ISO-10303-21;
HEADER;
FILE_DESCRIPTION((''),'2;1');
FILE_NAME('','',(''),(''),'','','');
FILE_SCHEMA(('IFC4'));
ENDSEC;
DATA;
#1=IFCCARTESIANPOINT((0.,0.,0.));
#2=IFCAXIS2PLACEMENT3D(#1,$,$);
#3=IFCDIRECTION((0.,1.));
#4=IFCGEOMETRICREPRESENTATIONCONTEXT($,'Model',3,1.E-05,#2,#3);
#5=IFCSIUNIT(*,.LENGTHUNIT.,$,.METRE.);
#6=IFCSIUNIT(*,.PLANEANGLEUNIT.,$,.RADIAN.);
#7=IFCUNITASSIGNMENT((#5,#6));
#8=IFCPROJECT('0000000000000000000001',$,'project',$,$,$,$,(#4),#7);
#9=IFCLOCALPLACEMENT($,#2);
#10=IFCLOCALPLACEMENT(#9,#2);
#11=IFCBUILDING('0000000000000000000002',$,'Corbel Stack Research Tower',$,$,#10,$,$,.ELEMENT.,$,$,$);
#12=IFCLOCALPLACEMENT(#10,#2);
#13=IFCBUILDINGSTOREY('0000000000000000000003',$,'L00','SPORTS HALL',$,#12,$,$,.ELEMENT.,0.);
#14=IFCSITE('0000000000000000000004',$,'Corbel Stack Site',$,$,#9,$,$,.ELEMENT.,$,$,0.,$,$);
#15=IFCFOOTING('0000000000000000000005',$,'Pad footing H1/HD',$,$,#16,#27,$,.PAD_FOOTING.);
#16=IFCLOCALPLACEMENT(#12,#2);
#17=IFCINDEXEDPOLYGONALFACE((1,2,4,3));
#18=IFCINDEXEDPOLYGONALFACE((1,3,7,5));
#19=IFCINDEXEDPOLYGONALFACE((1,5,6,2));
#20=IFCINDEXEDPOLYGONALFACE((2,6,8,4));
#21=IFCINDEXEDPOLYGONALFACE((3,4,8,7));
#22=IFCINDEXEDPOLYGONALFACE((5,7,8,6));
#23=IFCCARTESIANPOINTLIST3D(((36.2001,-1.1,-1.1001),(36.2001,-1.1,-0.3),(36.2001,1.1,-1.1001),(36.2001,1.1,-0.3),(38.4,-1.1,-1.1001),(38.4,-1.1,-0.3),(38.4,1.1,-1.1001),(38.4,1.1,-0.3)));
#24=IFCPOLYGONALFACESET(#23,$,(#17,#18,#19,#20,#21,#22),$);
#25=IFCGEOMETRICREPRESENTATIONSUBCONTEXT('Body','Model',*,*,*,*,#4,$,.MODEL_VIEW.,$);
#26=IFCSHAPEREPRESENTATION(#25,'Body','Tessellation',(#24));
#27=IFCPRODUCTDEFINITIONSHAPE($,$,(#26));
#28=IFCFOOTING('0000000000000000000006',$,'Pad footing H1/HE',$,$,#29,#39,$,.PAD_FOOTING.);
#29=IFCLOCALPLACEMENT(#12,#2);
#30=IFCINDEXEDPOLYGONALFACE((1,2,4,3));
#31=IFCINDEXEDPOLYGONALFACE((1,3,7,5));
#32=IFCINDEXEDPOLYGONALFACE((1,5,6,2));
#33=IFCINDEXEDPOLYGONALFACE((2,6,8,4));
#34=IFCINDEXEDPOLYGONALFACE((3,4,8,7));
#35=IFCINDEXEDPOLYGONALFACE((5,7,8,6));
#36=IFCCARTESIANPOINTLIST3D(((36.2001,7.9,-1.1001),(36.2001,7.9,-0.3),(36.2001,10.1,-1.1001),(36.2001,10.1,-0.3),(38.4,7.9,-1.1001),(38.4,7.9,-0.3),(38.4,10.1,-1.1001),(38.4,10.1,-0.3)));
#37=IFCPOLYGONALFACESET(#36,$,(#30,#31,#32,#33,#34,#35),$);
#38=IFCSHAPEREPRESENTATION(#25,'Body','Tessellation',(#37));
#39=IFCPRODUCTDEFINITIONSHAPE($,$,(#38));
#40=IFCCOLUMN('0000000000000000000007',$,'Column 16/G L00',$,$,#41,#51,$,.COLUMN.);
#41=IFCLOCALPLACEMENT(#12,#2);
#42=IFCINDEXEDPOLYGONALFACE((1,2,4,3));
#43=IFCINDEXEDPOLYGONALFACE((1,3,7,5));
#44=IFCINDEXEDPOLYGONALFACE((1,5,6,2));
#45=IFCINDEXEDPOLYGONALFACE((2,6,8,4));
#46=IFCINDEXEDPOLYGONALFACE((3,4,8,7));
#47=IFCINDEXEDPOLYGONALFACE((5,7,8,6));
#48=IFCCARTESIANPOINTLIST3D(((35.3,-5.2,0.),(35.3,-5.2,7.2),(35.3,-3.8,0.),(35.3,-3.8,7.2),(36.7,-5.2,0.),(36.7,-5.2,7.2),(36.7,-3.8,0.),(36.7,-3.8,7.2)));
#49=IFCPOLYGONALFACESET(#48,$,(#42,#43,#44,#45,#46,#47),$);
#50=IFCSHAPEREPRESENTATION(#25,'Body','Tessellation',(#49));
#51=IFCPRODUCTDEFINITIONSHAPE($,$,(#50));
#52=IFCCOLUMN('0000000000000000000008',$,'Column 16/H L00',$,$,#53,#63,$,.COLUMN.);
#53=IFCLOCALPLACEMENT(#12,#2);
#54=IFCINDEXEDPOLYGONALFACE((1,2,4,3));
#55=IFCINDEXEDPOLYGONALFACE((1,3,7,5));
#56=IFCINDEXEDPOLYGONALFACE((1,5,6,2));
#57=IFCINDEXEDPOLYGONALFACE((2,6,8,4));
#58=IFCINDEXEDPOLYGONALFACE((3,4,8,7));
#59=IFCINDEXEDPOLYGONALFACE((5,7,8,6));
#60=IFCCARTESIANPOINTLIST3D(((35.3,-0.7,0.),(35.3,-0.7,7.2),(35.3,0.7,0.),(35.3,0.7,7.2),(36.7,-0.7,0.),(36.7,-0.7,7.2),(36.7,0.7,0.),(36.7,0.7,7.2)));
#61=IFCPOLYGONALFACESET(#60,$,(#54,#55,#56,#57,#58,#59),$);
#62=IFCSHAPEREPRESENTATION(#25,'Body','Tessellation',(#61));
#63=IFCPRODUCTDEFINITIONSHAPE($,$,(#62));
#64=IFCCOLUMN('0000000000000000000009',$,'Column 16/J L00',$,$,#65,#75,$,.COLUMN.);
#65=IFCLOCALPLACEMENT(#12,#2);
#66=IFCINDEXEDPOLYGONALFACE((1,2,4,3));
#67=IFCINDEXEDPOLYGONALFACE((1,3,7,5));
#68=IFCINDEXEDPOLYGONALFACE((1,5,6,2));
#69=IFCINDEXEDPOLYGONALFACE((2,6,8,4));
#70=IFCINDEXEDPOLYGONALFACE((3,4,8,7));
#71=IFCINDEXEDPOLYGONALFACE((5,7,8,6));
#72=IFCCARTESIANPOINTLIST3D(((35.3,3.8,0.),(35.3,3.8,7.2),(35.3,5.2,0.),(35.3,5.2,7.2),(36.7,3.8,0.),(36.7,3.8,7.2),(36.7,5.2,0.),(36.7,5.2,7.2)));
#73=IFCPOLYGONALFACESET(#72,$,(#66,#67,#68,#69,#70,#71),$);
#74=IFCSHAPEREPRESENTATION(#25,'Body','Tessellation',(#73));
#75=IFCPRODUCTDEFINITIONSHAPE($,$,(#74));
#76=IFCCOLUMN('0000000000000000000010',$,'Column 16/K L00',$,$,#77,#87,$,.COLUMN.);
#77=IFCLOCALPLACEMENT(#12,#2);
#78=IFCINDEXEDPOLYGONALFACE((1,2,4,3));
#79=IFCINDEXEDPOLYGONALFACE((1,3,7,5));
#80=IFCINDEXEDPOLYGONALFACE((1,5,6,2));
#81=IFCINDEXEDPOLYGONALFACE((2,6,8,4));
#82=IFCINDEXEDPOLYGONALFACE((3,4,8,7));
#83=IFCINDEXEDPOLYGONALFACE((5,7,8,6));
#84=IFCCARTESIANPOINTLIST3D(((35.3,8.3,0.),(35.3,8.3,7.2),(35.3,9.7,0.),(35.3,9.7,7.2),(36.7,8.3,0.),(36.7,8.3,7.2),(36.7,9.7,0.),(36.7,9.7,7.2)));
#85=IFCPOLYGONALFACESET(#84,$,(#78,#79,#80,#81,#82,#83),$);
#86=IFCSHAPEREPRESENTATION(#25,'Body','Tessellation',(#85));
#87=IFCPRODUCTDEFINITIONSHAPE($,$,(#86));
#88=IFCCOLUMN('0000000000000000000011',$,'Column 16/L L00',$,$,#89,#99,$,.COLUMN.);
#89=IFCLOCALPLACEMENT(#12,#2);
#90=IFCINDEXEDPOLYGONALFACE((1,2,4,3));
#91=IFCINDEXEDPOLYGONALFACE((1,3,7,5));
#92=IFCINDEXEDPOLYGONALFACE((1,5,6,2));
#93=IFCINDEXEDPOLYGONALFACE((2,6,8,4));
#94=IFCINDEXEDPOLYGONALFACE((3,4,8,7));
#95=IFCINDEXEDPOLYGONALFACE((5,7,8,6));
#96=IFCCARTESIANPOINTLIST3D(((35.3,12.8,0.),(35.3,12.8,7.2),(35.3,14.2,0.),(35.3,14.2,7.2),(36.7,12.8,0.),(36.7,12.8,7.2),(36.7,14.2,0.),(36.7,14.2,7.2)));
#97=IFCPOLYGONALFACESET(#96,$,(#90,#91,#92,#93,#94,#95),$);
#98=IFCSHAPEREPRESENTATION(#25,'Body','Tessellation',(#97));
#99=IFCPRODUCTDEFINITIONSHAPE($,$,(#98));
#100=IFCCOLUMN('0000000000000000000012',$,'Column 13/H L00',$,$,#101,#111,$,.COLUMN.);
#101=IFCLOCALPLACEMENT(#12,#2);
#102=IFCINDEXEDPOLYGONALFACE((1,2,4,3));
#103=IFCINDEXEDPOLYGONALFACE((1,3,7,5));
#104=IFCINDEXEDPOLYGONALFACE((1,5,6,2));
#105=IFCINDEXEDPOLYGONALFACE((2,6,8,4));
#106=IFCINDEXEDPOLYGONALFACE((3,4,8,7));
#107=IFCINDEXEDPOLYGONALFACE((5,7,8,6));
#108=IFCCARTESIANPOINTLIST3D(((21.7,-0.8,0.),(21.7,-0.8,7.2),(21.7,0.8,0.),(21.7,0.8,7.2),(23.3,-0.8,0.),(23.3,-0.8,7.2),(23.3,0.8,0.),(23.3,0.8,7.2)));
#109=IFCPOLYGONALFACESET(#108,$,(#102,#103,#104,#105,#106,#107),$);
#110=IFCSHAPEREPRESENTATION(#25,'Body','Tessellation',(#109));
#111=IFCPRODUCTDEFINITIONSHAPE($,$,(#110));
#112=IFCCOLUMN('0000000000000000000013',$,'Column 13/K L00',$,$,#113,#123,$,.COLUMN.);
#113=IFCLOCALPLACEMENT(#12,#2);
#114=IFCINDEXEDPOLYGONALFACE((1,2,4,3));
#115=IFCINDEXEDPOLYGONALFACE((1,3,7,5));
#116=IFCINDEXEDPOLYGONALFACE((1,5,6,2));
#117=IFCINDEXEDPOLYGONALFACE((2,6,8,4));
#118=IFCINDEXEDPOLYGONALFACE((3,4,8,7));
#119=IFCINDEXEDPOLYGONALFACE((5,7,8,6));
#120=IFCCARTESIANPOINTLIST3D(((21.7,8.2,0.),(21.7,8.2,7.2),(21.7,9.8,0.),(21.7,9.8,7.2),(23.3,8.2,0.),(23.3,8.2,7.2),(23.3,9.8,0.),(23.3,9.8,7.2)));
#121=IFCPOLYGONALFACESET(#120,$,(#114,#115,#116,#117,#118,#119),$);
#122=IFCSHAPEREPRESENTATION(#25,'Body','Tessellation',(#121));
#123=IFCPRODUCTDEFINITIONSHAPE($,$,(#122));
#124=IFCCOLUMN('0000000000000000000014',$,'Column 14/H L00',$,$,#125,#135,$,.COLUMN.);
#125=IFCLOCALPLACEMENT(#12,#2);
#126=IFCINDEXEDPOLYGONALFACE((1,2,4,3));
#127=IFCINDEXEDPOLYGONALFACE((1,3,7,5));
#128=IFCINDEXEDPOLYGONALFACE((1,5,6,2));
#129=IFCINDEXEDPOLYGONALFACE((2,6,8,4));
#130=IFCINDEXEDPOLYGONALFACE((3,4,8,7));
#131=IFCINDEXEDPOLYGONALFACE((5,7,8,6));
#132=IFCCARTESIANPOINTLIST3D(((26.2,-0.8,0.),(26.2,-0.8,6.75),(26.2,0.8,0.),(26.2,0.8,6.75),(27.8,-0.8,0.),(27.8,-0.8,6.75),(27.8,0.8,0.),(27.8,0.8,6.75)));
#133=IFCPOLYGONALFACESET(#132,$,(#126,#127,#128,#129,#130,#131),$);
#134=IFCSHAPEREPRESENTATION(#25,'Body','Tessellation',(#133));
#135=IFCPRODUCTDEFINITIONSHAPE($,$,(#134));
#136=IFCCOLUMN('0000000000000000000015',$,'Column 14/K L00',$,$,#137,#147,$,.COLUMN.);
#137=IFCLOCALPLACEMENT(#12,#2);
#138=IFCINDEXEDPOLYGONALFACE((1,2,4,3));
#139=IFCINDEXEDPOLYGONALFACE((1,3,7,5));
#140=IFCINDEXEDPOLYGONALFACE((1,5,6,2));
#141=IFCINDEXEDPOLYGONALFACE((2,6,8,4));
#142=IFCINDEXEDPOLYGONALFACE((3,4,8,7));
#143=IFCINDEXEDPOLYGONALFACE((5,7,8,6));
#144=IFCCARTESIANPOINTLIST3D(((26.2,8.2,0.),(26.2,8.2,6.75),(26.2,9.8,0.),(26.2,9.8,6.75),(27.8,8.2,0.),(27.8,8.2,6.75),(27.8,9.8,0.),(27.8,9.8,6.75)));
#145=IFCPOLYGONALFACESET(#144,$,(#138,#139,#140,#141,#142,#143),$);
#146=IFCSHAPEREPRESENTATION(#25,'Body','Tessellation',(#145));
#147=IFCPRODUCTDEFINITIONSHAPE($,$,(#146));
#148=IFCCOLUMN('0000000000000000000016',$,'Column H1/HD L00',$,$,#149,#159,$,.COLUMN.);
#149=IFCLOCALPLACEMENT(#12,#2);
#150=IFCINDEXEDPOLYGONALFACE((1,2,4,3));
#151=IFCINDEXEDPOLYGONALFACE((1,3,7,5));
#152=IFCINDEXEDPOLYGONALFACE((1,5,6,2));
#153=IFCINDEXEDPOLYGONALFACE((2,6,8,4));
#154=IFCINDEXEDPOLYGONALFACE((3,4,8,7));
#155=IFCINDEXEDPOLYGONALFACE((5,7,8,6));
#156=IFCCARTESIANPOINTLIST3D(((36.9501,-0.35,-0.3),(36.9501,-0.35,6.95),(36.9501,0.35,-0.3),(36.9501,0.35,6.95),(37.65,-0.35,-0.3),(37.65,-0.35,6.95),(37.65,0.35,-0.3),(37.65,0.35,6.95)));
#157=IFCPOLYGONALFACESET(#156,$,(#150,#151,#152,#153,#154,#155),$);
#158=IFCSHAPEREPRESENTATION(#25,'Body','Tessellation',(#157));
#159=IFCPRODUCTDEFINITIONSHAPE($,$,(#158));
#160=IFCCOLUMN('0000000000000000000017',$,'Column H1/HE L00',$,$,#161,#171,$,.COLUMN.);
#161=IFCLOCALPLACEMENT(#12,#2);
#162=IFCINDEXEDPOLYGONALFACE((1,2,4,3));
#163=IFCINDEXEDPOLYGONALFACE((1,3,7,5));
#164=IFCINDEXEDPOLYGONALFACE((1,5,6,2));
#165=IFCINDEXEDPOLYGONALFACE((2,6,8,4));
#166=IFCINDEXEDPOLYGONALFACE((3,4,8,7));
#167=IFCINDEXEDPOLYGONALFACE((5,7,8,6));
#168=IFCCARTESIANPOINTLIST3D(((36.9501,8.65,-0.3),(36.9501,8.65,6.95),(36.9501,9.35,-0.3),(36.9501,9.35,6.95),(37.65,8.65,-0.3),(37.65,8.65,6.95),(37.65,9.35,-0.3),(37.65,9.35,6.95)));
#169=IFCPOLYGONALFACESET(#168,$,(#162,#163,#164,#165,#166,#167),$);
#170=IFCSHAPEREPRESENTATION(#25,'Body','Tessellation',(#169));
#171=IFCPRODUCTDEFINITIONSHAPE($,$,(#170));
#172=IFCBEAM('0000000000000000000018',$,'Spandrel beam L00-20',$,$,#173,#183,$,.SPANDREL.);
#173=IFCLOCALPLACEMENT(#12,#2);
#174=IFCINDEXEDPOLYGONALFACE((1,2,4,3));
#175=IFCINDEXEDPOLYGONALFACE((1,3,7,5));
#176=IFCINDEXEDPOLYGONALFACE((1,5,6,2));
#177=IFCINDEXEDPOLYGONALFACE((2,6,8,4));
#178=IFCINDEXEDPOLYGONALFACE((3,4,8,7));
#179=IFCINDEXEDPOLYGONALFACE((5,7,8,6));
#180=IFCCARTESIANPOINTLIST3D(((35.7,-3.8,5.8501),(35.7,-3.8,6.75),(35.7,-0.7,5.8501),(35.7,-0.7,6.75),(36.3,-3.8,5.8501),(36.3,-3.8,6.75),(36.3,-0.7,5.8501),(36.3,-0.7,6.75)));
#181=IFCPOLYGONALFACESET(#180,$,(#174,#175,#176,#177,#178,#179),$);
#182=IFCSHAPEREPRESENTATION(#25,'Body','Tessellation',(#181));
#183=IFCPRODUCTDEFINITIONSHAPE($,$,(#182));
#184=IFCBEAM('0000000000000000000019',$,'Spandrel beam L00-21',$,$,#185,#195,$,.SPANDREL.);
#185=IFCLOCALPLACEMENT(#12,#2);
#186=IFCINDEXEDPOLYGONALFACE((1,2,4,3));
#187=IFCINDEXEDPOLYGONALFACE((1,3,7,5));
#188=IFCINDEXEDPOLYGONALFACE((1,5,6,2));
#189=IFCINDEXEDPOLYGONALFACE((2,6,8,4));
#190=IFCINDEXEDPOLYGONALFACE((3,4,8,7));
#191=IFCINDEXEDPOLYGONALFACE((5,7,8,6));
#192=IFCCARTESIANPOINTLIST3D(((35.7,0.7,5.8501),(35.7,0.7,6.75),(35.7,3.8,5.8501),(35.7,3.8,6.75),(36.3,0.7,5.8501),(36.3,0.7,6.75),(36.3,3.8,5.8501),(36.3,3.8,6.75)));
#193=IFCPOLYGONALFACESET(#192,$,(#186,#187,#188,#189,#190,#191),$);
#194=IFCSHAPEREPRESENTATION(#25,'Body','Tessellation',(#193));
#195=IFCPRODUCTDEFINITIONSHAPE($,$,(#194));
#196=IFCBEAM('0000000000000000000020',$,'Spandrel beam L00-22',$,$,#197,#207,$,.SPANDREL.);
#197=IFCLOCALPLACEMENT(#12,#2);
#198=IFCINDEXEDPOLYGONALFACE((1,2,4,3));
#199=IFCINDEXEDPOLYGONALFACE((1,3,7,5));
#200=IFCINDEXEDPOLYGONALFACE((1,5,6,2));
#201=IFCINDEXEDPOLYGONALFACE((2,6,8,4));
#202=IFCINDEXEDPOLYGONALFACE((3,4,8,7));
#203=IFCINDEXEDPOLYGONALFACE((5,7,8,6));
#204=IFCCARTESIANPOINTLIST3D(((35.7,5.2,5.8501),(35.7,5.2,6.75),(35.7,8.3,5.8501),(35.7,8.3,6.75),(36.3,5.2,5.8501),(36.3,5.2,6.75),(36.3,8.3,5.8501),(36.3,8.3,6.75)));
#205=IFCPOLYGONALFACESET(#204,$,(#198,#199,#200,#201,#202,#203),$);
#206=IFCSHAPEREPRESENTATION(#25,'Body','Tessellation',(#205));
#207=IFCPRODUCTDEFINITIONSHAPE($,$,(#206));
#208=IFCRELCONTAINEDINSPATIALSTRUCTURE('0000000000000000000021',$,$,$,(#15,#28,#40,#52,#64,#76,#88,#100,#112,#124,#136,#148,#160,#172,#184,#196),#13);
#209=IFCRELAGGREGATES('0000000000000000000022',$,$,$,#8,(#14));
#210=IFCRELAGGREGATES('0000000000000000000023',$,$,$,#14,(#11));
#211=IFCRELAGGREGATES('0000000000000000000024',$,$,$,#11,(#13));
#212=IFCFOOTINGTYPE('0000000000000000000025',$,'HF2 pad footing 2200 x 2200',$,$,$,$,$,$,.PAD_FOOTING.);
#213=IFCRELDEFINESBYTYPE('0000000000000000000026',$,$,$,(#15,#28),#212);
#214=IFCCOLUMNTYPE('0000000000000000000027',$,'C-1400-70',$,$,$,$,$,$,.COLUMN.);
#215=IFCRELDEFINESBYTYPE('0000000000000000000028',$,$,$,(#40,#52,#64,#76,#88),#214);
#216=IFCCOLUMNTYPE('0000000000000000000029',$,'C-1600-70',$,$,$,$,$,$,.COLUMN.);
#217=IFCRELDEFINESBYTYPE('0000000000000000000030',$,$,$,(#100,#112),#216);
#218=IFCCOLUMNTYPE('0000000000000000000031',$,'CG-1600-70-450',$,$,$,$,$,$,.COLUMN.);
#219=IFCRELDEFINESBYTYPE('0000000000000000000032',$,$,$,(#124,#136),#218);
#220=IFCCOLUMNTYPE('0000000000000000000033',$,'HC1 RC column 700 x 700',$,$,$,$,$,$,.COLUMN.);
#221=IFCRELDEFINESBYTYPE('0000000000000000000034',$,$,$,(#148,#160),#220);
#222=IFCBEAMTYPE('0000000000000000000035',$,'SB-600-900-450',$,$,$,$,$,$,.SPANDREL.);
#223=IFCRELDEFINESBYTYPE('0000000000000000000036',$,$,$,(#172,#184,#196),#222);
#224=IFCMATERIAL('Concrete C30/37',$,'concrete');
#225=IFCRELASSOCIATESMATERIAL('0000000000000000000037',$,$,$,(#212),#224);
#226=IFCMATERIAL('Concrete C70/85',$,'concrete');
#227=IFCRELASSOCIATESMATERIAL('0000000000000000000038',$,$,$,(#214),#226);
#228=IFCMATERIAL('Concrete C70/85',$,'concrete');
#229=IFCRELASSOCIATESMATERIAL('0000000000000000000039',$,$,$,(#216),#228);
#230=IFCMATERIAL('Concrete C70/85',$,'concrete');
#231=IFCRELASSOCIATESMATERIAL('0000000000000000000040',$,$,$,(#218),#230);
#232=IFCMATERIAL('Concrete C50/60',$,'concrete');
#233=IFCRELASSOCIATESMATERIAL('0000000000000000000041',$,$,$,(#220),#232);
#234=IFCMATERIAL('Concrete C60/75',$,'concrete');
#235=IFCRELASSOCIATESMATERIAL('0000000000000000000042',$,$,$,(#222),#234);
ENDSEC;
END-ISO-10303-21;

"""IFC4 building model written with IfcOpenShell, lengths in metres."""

from ifc_helpers import new_model, si_unit, direction, frame, origin, origin_2d, place, context, subcontext, project, spatial, rectangle, extrude, material, material_profile, profile_set, type_object, element, save


model = new_model("IFC4")

# Units and contexts
model_context = context("Model", 3, precision=1e-05, world=origin(), true_north=direction((0.0, 1.0)))
body_context = subcontext(model_context, "Body", "Model", "MODEL_VIEW")
ifc_project = project(units=[si_unit("LENGTHUNIT", "METRE"), si_unit("PLANEANGLEUNIT", "RADIAN")], contexts=[model_context])

# Site, building, storey
site_placement = place(None, origin())
site = spatial("IfcSite", under=ifc_project, at=site_placement, Name="Corbel Stack Site", CompositionType="ELEMENT", RefElevation=0.0)
building_placement = place(site_placement, origin())
building = spatial("IfcBuilding", under=site, at=building_placement, Name="Corbel Stack Research Tower", CompositionType="ELEMENT")
storey_placement = place(building_placement, origin())
storey = spatial("IfcBuildingStorey", under=building, at=storey_placement, Name="L00", Description="SPORTS HALL", CompositionType="ELEMENT", Elevation=0.0)

# Footings
ifc_material_1 = material(Name="Concrete C30/37", Category="concrete")
footing_type = type_object("IfcFootingType", Name="HF2 pad footing 2200 x 2200", PredefinedType="PAD_FOOTING", material=ifc_material_1)
for number, where, z_axis, x_axis, name in (
    (1, (37.3, 0.0, -1.1001), (0.0, 0.0, 1.0), (1.0, 0.0, 0.0), "Pad footing H1/HD"),
    (2, (37.3, 9.0, -1.1001), (0.0, 0.0, 1.0), (1.0, 0.0, 0.0), "Pad footing H1/HE"),
):
    element("IfcFooting", number, at=place(storey_placement, frame(where, z_axis=z_axis, x_axis=x_axis)), inside=storey, type_object=footing_type, Name=name, PredefinedType="PAD_FOOTING", context=body_context, shape_type="SweptSolid", body=[
        extrude(rectangle(XDim=2.2, YDim=2.2, at=origin_2d()), origin(), (0.0, 0.0, 1.0), 0.8),
    ])

# Columns
ifc_material_2 = material(Name="Concrete C70/85", Category="concrete")
ifc_material_profile_1 = material_profile(ifc_material_2, rectangle(XDim=1.3999, YDim=1.3999, at=origin_2d()), Name="RC 1400 x 1400")
ifc_profile_set_1 = profile_set([ifc_material_profile_1], Name="Concrete C70/85")
column_type_1 = type_object("IfcColumnType", Name="C-1400-70", PredefinedType="COLUMN", material=ifc_profile_set_1)
for number, where, z_axis, x_axis, name in (
    (3, (36.0, -4.5, 0.0), (0.0, 0.0, 1.0), (1.0, 0.0, 0.0), "Column 16/G L00"),
    (4, (36.0, 0.0, 0.0), (0.0, 0.0, 1.0), (1.0, 0.0, 0.0), "Column 16/H L00"),
    (5, (36.0, 4.5, 0.0), (0.0, 0.0, 1.0), (1.0, 0.0, 0.0), "Column 16/J L00"),
    (6, (36.0, 9.0, 0.0), (0.0, 0.0, 1.0), (1.0, 0.0, 0.0), "Column 16/K L00"),
    (7, (36.0, 13.5, 0.0), (0.0, 0.0, 1.0), (1.0, 0.0, 0.0), "Column 16/L L00"),
):
    element("IfcColumn", number, at=place(storey_placement, frame(where, z_axis=z_axis, x_axis=x_axis)), inside=storey, type_object=column_type_1, Name=name, PredefinedType="COLUMN", context=body_context, shape_type="SweptSolid", body=[
        extrude(rectangle(XDim=1.3999, YDim=1.3999, at=origin_2d()), origin(), (0.0, 0.0, 1.0), 7.2),
    ])
ifc_material_3 = material(Name="Concrete C70/85", Category="concrete")
ifc_material_profile_2 = material_profile(ifc_material_3, rectangle(XDim=1.6001, YDim=1.6001, at=origin_2d()), Name="RC 1600 x 1600")
ifc_profile_set_2 = profile_set([ifc_material_profile_2], Name="Concrete C70/85")
column_type_2 = type_object("IfcColumnType", Name="C-1600-70", PredefinedType="COLUMN", material=ifc_profile_set_2)
for number, where, z_axis, x_axis, name in (
    (8, (22.5, 0.0, 0.0), (0.0, 0.0, 1.0), (1.0, 0.0, 0.0), "Column 13/H L00"),
    (9, (22.5, 9.0, 0.0), (0.0, 0.0, 1.0), (1.0, 0.0, 0.0), "Column 13/K L00"),
):
    element("IfcColumn", number, at=place(storey_placement, frame(where, z_axis=z_axis, x_axis=x_axis)), inside=storey, type_object=column_type_2, Name=name, PredefinedType="COLUMN", context=body_context, shape_type="SweptSolid", body=[
        extrude(rectangle(XDim=1.6001, YDim=1.6001, at=origin_2d()), origin(), (0.0, 0.0, 1.0), 7.2),
    ])
ifc_material_4 = material(Name="Concrete C70/85", Category="concrete")
ifc_material_profile_3 = material_profile(ifc_material_4, rectangle(XDim=1.6001, YDim=1.6001, at=origin_2d()), Name="RC 1600 x 1600")
ifc_profile_set_3 = profile_set([ifc_material_profile_3], Name="Concrete C70/85")
column_type_3 = type_object("IfcColumnType", Name="CG-1600-70-450", PredefinedType="COLUMN", material=ifc_profile_set_3)
for number, where, z_axis, x_axis, name in (
    (10, (27.0, 0.0, 0.0), (0.0, 0.0, 1.0), (1.0, 0.0, 0.0), "Column 14/H L00"),
    (11, (27.0, 9.0, 0.0), (0.0, 0.0, 1.0), (1.0, 0.0, 0.0), "Column 14/K L00"),
):
    element("IfcColumn", number, at=place(storey_placement, frame(where, z_axis=z_axis, x_axis=x_axis)), inside=storey, type_object=column_type_3, Name=name, PredefinedType="COLUMN", context=body_context, shape_type="SweptSolid", body=[
        extrude(rectangle(XDim=1.6001, YDim=1.6001, at=origin_2d()), origin(), (0.0, 0.0, 1.0), 6.75),
    ])
ifc_material_5 = material(Name="Concrete C50/60", Category="concrete")
ifc_material_profile_4 = material_profile(ifc_material_5, rectangle(XDim=0.7, YDim=0.7, at=origin_2d()), Name="RC 700 x 700")
ifc_profile_set_4 = profile_set([ifc_material_profile_4], Name="Concrete C50/60")
column_type_4 = type_object("IfcColumnType", Name="HC1 RC column 700 x 700", PredefinedType="COLUMN", material=ifc_profile_set_4)
for number, where, z_axis, x_axis, name in (
    (12, (37.3, 0.0, -0.3), (0.0, 0.0, 1.0), (1.0, 0.0, 0.0), "Column H1/HD L00"),
    (13, (37.3, 9.0, -0.3), (0.0, 0.0, 1.0), (1.0, 0.0, 0.0), "Column H1/HE L00"),
):
    element("IfcColumn", number, at=place(storey_placement, frame(where, z_axis=z_axis, x_axis=x_axis)), inside=storey, type_object=column_type_4, Name=name, PredefinedType="COLUMN", context=body_context, shape_type="SweptSolid", body=[
        extrude(rectangle(XDim=0.7, YDim=0.7, at=origin_2d()), origin(), (0.0, 0.0, 1.0), 7.25),
    ])

# Beams
ifc_material_6 = material(Name="Concrete C60/75", Category="concrete")
ifc_material_profile_5 = material_profile(ifc_material_6, rectangle(XDim=0.6001, YDim=0.8999, at=origin_2d()), Name="RC 600 x 900")
ifc_profile_set_5 = profile_set([ifc_material_profile_5], Name="Concrete C60/75")
beam_type_1 = type_object("IfcBeamType", Name="SB-600-900-450", PredefinedType="SPANDREL", material=ifc_profile_set_5)
for number, where, z_axis, x_axis, name in (
    (14, (36.0, -3.8, 6.3), (0.0, 1.0, 0.0), (-1.0, 0.0, 0.0), "Spandrel beam L00-20"),
    (15, (36.0, 0.7, 6.3), (0.0, 1.0, 0.0), (-1.0, 0.0, 0.0), "Spandrel beam L00-21"),
    (16, (36.0, 5.2, 6.3), (0.0, 1.0, 0.0), (-1.0, 0.0, 0.0), "Spandrel beam L00-22"),
):
    element("IfcBeam", number, at=place(storey_placement, frame(where, z_axis=z_axis, x_axis=x_axis)), inside=storey, type_object=beam_type_1, Name=name, PredefinedType="SPANDREL", context=body_context, shape_type="SweptSolid", body=[
        extrude(rectangle(XDim=0.6001, YDim=0.8999, at=origin_2d()), origin(), (0.0, 0.0, 1.0), 3.1001),
    ])

save(model, "model.ifc")
